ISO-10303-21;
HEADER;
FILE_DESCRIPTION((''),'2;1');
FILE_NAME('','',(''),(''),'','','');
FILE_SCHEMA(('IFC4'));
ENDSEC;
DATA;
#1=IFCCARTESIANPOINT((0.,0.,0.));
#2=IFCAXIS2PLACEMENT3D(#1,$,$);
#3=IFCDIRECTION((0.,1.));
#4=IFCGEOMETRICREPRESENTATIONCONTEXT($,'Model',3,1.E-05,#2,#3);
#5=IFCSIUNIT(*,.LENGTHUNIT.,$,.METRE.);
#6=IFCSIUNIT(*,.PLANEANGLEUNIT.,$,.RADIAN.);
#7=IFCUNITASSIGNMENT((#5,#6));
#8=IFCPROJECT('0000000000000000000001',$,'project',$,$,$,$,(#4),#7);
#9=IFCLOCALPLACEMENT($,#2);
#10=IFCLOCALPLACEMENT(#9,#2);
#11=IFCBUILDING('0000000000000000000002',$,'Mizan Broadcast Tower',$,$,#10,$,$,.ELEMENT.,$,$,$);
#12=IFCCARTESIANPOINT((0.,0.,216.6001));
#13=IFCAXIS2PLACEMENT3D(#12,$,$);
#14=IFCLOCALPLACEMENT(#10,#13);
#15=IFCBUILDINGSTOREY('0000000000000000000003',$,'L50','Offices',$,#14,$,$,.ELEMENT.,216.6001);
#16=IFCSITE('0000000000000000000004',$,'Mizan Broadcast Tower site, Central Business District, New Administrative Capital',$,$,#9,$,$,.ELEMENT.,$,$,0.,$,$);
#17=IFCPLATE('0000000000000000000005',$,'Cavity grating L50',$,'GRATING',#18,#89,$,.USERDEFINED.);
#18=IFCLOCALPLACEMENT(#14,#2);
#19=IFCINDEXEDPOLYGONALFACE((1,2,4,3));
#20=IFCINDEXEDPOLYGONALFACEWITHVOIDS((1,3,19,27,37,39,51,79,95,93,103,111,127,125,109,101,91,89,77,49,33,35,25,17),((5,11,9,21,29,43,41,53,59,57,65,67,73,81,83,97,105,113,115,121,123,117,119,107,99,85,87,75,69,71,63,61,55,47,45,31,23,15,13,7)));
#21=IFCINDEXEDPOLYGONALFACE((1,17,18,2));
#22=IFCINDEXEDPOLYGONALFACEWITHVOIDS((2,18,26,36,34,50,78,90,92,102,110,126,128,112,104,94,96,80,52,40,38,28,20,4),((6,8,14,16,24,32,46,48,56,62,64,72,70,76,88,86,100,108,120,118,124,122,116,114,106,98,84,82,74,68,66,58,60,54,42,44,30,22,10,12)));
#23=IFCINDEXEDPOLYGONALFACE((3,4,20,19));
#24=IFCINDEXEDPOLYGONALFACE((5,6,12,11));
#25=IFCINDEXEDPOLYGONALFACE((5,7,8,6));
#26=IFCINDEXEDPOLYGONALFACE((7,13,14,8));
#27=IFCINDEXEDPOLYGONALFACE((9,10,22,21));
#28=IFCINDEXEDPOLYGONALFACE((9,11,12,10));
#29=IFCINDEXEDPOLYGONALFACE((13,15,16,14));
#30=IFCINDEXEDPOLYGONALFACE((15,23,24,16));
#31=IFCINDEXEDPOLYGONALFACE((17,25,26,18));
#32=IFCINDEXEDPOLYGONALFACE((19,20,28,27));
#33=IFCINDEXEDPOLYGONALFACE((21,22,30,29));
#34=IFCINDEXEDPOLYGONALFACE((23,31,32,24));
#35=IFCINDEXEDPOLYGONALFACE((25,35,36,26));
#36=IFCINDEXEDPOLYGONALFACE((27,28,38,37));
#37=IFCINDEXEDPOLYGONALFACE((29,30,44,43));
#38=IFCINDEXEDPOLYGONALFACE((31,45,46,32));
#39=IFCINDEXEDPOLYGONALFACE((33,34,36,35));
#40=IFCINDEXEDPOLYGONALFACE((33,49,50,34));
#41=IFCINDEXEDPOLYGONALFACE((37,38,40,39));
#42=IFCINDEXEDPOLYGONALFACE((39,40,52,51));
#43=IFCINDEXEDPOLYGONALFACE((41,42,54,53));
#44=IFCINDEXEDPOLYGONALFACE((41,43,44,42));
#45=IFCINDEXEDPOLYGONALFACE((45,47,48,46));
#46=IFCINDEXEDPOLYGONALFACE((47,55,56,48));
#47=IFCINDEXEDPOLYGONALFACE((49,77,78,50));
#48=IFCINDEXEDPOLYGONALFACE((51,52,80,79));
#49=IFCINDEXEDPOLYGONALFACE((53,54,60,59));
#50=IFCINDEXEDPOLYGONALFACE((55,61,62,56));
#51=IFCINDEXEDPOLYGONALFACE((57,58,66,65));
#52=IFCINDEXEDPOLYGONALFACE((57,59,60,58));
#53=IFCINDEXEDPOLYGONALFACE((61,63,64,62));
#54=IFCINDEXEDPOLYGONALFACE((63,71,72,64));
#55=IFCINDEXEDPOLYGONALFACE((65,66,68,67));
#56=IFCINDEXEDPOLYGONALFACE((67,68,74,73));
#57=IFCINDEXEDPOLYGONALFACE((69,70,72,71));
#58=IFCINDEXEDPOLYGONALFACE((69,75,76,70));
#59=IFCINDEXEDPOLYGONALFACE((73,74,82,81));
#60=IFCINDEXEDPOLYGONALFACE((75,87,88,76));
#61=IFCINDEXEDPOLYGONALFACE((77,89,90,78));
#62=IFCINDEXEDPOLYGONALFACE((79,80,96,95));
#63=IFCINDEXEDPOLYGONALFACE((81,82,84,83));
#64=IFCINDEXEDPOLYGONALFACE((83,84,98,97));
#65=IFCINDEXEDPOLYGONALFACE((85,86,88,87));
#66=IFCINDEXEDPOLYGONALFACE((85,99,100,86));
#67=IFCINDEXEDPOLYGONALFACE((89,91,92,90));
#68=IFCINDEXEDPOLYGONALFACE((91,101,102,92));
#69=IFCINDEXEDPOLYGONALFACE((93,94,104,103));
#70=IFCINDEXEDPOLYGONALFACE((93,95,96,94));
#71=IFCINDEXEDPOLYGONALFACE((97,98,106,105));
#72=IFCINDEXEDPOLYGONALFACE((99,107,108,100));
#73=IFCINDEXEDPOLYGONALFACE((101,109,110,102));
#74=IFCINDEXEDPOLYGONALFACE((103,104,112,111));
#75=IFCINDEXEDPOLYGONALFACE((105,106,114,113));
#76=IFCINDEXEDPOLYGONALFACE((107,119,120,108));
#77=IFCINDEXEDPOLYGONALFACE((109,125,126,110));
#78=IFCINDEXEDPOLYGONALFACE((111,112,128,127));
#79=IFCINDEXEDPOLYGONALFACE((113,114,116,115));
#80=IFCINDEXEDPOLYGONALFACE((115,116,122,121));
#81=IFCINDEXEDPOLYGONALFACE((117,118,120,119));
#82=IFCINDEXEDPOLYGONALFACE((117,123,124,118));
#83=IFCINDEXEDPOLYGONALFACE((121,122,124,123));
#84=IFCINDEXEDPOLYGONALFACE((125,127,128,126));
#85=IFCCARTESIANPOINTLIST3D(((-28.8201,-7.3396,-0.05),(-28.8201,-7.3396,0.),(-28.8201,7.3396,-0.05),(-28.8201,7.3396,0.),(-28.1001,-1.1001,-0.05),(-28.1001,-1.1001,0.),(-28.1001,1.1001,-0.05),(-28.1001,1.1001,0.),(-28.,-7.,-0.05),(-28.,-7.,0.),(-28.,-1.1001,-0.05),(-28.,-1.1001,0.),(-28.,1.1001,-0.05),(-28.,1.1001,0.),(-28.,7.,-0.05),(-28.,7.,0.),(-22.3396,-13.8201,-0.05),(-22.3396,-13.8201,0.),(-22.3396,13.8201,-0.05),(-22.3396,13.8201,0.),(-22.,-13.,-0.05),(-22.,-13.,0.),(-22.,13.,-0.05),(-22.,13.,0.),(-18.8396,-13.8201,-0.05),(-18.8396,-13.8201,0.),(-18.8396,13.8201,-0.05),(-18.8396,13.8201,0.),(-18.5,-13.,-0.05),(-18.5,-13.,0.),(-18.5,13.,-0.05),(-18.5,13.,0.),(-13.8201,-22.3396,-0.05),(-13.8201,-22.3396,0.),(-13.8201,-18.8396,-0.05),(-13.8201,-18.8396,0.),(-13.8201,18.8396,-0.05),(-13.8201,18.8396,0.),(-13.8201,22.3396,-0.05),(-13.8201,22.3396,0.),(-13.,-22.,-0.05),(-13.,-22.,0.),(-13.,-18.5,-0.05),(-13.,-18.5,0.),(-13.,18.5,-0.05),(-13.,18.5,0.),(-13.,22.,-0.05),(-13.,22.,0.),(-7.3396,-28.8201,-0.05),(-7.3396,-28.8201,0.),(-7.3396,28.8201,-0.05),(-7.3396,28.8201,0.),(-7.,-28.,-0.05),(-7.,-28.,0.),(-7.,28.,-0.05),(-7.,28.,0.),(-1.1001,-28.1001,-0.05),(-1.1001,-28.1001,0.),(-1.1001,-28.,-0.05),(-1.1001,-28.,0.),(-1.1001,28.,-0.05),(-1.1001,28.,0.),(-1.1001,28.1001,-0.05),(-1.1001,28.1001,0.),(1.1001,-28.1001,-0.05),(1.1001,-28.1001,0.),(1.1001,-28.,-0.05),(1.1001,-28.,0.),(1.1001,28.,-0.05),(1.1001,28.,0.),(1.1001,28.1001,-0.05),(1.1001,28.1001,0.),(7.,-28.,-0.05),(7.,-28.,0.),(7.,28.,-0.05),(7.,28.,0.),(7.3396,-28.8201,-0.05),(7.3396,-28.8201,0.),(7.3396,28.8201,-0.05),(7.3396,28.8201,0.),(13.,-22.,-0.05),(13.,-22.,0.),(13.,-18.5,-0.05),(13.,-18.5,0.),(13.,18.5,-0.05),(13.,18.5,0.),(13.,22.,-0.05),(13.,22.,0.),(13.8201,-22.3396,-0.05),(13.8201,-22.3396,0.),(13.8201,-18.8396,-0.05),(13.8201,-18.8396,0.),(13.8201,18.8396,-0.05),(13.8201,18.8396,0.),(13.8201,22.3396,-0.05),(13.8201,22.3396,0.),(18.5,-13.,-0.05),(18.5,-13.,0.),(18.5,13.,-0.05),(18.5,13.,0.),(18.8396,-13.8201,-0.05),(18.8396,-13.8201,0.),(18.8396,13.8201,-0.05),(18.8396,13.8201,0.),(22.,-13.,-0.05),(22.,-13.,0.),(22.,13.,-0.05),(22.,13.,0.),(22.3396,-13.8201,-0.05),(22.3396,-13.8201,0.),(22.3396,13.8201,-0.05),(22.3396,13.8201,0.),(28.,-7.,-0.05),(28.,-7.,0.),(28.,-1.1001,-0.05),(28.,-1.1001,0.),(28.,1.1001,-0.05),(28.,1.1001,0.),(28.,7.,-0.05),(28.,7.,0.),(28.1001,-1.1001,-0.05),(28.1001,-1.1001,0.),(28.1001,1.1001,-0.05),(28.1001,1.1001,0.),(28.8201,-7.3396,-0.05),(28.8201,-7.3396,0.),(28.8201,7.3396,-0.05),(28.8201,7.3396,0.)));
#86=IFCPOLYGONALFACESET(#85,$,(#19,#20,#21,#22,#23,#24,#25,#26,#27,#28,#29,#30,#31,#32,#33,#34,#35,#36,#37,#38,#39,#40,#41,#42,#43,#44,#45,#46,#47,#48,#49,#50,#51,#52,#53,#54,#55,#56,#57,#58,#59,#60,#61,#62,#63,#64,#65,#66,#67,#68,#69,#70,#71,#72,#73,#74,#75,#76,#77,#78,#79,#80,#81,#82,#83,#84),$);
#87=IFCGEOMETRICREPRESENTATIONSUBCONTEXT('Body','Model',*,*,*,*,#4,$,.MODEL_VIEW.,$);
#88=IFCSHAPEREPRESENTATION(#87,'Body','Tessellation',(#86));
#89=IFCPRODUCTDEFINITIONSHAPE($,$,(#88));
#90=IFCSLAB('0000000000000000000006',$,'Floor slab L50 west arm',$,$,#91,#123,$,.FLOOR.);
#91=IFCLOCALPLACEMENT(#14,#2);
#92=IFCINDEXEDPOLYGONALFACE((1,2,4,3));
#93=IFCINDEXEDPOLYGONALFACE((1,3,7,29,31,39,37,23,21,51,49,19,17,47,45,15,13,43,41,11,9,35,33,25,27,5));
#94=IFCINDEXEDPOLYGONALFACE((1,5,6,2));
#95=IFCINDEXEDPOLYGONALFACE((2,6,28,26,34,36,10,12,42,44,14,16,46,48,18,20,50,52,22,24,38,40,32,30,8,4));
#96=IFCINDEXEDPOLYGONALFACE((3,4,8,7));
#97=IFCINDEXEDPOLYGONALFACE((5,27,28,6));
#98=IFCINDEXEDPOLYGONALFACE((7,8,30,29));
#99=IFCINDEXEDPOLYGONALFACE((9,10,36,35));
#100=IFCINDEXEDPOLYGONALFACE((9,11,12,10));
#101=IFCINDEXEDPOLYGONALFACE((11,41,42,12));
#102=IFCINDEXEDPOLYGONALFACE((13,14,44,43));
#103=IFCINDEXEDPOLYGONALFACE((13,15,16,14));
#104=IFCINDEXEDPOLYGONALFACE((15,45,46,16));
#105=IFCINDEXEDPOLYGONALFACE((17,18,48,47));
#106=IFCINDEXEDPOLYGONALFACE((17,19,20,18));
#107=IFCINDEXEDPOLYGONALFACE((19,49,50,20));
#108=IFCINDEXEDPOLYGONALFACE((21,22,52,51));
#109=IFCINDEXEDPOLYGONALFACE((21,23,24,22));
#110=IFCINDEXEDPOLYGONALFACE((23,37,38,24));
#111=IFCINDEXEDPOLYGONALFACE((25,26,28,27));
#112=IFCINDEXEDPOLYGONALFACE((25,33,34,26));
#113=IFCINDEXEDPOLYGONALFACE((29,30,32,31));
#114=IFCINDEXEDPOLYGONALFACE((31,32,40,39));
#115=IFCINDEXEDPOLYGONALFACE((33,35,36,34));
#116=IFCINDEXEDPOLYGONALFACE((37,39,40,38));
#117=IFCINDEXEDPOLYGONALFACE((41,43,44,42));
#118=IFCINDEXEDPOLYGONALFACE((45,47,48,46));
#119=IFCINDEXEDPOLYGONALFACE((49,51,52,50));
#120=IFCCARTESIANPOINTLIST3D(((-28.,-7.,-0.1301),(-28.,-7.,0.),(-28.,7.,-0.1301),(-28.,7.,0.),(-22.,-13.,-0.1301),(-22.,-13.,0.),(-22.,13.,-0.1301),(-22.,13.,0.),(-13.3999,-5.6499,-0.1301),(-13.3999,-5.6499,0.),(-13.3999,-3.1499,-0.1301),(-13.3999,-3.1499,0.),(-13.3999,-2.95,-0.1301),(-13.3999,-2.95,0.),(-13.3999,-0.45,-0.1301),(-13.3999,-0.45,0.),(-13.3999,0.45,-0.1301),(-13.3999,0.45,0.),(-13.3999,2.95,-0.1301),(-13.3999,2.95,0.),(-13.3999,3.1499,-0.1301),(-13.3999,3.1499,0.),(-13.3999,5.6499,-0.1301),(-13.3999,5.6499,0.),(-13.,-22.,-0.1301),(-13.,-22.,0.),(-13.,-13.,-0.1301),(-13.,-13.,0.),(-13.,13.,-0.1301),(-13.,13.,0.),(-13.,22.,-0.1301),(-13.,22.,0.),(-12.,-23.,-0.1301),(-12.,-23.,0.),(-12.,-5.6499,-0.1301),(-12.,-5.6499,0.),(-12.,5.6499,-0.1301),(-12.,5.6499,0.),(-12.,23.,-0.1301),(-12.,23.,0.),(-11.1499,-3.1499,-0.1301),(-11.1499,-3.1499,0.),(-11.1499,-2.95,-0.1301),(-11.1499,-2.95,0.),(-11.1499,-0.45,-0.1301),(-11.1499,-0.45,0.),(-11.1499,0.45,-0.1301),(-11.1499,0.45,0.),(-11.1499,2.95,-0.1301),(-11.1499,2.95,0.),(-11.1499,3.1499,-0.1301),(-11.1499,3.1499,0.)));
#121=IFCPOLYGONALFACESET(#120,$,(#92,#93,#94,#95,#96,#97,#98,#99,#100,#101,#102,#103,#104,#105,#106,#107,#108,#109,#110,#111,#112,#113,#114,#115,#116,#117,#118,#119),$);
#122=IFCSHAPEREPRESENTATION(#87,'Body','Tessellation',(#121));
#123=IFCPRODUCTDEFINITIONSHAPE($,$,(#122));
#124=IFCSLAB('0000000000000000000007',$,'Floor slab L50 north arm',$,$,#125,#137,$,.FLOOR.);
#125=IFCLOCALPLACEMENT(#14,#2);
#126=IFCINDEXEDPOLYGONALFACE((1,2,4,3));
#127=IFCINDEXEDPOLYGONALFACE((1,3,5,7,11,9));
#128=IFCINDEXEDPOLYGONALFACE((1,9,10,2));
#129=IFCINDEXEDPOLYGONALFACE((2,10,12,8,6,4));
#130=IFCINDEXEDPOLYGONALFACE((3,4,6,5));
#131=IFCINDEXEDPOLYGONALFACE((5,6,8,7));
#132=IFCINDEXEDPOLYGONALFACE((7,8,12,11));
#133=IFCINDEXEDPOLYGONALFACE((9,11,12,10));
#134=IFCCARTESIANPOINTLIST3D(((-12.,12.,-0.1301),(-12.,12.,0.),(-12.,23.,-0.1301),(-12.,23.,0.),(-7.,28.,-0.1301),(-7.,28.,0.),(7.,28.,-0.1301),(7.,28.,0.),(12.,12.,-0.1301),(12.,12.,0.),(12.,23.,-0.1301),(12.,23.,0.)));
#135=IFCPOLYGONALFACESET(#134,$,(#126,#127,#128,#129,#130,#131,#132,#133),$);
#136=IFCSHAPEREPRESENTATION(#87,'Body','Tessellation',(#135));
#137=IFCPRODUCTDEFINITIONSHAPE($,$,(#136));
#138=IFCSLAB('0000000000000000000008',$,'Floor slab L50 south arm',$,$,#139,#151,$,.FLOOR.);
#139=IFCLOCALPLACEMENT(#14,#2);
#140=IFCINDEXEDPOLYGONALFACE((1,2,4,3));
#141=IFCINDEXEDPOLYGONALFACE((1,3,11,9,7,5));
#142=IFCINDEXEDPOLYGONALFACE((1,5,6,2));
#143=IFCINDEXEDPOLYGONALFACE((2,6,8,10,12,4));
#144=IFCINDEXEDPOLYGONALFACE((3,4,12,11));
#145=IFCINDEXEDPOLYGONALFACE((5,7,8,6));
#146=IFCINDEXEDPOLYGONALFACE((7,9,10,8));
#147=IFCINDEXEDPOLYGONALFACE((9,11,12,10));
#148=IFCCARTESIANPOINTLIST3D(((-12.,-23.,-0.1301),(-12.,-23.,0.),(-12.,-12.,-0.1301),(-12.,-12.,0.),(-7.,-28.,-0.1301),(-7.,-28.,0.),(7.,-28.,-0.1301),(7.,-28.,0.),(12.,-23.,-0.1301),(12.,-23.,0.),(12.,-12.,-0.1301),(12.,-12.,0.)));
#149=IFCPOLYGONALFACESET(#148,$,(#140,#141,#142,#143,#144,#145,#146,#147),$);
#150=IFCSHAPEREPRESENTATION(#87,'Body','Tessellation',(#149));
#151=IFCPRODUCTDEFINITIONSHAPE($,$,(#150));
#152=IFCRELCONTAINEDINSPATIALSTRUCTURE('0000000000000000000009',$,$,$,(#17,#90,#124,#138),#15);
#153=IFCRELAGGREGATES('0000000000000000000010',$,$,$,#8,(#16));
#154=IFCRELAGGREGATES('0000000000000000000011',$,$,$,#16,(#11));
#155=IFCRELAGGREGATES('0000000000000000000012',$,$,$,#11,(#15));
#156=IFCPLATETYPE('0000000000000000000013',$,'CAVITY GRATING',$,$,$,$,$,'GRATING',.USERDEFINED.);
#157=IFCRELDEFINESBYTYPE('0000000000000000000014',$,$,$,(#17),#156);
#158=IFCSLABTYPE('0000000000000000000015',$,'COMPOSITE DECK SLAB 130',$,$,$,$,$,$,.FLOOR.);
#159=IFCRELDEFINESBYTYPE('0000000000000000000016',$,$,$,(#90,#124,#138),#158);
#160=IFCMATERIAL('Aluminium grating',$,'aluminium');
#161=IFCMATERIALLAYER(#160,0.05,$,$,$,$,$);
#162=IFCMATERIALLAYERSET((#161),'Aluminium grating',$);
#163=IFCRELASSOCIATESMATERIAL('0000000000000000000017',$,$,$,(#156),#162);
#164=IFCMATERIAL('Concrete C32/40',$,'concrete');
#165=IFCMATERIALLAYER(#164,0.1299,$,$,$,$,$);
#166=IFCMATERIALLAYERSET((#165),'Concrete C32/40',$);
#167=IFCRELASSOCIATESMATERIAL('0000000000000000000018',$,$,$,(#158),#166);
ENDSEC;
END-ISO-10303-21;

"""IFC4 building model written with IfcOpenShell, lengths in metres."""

from ifc_helpers import new_model, si_unit, direction, frame, origin, place, context, subcontext, project, spatial, polyline, outline, extrude, material, layer, layer_set, type_object, element, save


model = new_model("IFC4")

# Units and contexts
model_context = context("Model", 3, precision=1e-05, world=origin(), true_north=direction((0.0, 1.0)))
body_context = subcontext(model_context, "Body", "Model", "MODEL_VIEW")
ifc_project = project(units=[si_unit("LENGTHUNIT", "METRE"), si_unit("PLANEANGLEUNIT", "RADIAN")], contexts=[model_context])

# Site, building, storey
site_placement = place(None, origin())
site = spatial("IfcSite", under=ifc_project, at=site_placement, Name="Mizan Broadcast Tower site, Central Business District, New Administrative Capital", CompositionType="ELEMENT", RefElevation=0.0)
building_placement = place(site_placement, origin())
building = spatial("IfcBuilding", under=site, at=building_placement, Name="Mizan Broadcast Tower", CompositionType="ELEMENT")
storey_placement = place(building_placement, frame((0.0, 0.0, 216.6001)))
storey = spatial("IfcBuildingStorey", under=building, at=storey_placement, Name="L50", Description="Offices", CompositionType="ELEMENT", Elevation=216.6001)

# Plate
ifc_material_1 = material(Name="Aluminium grating", Category="aluminium")
ifc_layer_1 = layer(ifc_material_1, 0.05)
ifc_layer_set_1 = layer_set([ifc_layer_1], Name="Aluminium grating")
plate_type = type_object("IfcPlateType", Name="CAVITY GRATING", ElementType="GRATING", PredefinedType="USERDEFINED", material=ifc_layer_set_1)
plate_placement = place(storey_placement, frame((0.0, 0.0, -0.05)))
element("IfcPlate", 1, at=plate_placement, inside=storey, type_object=plate_type, Name="Cavity grating L50", ObjectType="GRATING", PredefinedType="USERDEFINED", context=body_context, shape_type="SweptSolid", body=[
    extrude(outline(polyline([(13.8201, -18.8396), (18.8396, -13.8201), (22.3396, -13.8201), (28.8201, -7.3396), (28.8201, 7.3396), (22.3396, 13.8201), (18.8396, 13.8201), (13.8201, 18.8396), (13.8201, 22.3396), (7.3396, 28.8201), (-7.3396, 28.8201), (-13.8201, 22.3396), (-13.8201, 18.8396), (-18.8396, 13.8201), (-22.3396, 13.8201), (-28.8201, 7.3396), (-28.8201, -7.3396), (-22.3396, -13.8201), (-18.8396, -13.8201), (-13.8201, -18.8396), (-13.8201, -22.3396), (-7.3396, -28.8201), (7.3396, -28.8201), (13.8201, -22.3396), (13.8201, -18.8396)]), holes=[polyline([(28.0, -1.1001), (28.0, -7.0), (22.0, -13.0), (18.5, -13.0), (13.0, -18.5), (13.0, -22.0), (7.0, -28.0), (1.1001, -28.0), (1.1001, -28.1001), (-1.1001, -28.1001), (-1.1001, -28.0), (-7.0, -28.0), (-13.0, -22.0), (-13.0, -18.5), (-18.5, -13.0), (-22.0, -13.0), (-28.0, -7.0), (-28.0, -1.1001), (-28.1001, -1.1001), (-28.1001, 1.1001), (-28.0, 1.1001), (-28.0, 7.0), (-22.0, 13.0), (-18.5, 13.0), (-13.0, 18.5), (-13.0, 22.0), (-7.0, 28.0), (-1.1001, 28.0), (-1.1001, 28.1001), (1.1001, 28.1001), (1.1001, 28.0), (7.0, 28.0), (13.0, 22.0), (13.0, 18.5), (18.5, 13.0), (22.0, 13.0), (28.0, 7.0), (28.0, 1.1001), (28.1001, 1.1001), (28.1001, -1.1001), (28.0, -1.1001)])]), origin(), (0.0, 0.0, 1.0), 0.05),
])

# Slabs
ifc_material_2 = material(Name="Concrete C32/40", Category="concrete")
ifc_layer_2 = layer(ifc_material_2, 0.1299)
ifc_layer_set_2 = layer_set([ifc_layer_2], Name="Concrete C32/40")
slab_type_1 = type_object("IfcSlabType", Name="COMPOSITE DECK SLAB 130", PredefinedType="FLOOR", material=ifc_layer_set_2)
slab_1_placement = place(storey_placement, frame((0.0, 0.0, -0.1301)))
element("IfcSlab", 2, at=slab_1_placement, inside=storey, type_object=slab_type_1, Name="Floor slab L50 west arm", PredefinedType="FLOOR", context=body_context, shape_type="SweptSolid", body=[
    extrude(outline(polyline([(-22.0, 13.0), (-28.0, 7.0), (-28.0, -7.0), (-22.0, -13.0), (-13.0, -13.0), (-13.0, -22.0), (-12.0, -23.0), (-12.0, -5.6499), (-13.3999, -5.6499), (-13.3999, -3.1499), (-11.1499, -3.1499), (-11.1499, -2.95), (-13.3999, -2.95), (-13.3999, -0.45), (-11.1499, -0.45), (-11.1499, 0.45), (-13.3999, 0.45), (-13.3999, 2.95), (-11.1499, 2.95), (-11.1499, 3.1499), (-13.3999, 3.1499), (-13.3999, 5.6499), (-12.0, 5.6499), (-12.0, 23.0), (-13.0, 22.0), (-13.0, 13.0), (-22.0, 13.0)])), origin(), (0.0, 0.0, 1.0), 0.1301),
])
slab_2_placement = place(storey_placement, frame((0.0, 0.0, -0.1301)))
element("IfcSlab", 3, at=slab_2_placement, inside=storey, type_object=slab_type_1, Name="Floor slab L50 north arm", PredefinedType="FLOOR", context=body_context, shape_type="SweptSolid", body=[
    extrude(outline(polyline([(-7.0, 28.0), (-12.0, 23.0), (-12.0, 12.0), (12.0, 12.0), (12.0, 23.0), (7.0, 28.0), (-7.0, 28.0)])), origin(), (0.0, 0.0, 1.0), 0.1301),
])
slab_3_placement = place(storey_placement, frame((0.0, 0.0, -0.1301)))
element("IfcSlab", 4, at=slab_3_placement, inside=storey, type_object=slab_type_1, Name="Floor slab L50 south arm", PredefinedType="FLOOR", context=body_context, shape_type="SweptSolid", body=[
    extrude(outline(polyline([(7.0, -28.0), (12.0, -23.0), (12.0, -12.0), (-12.0, -12.0), (-12.0, -23.0), (-7.0, -28.0), (7.0, -28.0)])), origin(), (0.0, 0.0, 1.0), 0.1301),
])

save(model, "model.ifc")
